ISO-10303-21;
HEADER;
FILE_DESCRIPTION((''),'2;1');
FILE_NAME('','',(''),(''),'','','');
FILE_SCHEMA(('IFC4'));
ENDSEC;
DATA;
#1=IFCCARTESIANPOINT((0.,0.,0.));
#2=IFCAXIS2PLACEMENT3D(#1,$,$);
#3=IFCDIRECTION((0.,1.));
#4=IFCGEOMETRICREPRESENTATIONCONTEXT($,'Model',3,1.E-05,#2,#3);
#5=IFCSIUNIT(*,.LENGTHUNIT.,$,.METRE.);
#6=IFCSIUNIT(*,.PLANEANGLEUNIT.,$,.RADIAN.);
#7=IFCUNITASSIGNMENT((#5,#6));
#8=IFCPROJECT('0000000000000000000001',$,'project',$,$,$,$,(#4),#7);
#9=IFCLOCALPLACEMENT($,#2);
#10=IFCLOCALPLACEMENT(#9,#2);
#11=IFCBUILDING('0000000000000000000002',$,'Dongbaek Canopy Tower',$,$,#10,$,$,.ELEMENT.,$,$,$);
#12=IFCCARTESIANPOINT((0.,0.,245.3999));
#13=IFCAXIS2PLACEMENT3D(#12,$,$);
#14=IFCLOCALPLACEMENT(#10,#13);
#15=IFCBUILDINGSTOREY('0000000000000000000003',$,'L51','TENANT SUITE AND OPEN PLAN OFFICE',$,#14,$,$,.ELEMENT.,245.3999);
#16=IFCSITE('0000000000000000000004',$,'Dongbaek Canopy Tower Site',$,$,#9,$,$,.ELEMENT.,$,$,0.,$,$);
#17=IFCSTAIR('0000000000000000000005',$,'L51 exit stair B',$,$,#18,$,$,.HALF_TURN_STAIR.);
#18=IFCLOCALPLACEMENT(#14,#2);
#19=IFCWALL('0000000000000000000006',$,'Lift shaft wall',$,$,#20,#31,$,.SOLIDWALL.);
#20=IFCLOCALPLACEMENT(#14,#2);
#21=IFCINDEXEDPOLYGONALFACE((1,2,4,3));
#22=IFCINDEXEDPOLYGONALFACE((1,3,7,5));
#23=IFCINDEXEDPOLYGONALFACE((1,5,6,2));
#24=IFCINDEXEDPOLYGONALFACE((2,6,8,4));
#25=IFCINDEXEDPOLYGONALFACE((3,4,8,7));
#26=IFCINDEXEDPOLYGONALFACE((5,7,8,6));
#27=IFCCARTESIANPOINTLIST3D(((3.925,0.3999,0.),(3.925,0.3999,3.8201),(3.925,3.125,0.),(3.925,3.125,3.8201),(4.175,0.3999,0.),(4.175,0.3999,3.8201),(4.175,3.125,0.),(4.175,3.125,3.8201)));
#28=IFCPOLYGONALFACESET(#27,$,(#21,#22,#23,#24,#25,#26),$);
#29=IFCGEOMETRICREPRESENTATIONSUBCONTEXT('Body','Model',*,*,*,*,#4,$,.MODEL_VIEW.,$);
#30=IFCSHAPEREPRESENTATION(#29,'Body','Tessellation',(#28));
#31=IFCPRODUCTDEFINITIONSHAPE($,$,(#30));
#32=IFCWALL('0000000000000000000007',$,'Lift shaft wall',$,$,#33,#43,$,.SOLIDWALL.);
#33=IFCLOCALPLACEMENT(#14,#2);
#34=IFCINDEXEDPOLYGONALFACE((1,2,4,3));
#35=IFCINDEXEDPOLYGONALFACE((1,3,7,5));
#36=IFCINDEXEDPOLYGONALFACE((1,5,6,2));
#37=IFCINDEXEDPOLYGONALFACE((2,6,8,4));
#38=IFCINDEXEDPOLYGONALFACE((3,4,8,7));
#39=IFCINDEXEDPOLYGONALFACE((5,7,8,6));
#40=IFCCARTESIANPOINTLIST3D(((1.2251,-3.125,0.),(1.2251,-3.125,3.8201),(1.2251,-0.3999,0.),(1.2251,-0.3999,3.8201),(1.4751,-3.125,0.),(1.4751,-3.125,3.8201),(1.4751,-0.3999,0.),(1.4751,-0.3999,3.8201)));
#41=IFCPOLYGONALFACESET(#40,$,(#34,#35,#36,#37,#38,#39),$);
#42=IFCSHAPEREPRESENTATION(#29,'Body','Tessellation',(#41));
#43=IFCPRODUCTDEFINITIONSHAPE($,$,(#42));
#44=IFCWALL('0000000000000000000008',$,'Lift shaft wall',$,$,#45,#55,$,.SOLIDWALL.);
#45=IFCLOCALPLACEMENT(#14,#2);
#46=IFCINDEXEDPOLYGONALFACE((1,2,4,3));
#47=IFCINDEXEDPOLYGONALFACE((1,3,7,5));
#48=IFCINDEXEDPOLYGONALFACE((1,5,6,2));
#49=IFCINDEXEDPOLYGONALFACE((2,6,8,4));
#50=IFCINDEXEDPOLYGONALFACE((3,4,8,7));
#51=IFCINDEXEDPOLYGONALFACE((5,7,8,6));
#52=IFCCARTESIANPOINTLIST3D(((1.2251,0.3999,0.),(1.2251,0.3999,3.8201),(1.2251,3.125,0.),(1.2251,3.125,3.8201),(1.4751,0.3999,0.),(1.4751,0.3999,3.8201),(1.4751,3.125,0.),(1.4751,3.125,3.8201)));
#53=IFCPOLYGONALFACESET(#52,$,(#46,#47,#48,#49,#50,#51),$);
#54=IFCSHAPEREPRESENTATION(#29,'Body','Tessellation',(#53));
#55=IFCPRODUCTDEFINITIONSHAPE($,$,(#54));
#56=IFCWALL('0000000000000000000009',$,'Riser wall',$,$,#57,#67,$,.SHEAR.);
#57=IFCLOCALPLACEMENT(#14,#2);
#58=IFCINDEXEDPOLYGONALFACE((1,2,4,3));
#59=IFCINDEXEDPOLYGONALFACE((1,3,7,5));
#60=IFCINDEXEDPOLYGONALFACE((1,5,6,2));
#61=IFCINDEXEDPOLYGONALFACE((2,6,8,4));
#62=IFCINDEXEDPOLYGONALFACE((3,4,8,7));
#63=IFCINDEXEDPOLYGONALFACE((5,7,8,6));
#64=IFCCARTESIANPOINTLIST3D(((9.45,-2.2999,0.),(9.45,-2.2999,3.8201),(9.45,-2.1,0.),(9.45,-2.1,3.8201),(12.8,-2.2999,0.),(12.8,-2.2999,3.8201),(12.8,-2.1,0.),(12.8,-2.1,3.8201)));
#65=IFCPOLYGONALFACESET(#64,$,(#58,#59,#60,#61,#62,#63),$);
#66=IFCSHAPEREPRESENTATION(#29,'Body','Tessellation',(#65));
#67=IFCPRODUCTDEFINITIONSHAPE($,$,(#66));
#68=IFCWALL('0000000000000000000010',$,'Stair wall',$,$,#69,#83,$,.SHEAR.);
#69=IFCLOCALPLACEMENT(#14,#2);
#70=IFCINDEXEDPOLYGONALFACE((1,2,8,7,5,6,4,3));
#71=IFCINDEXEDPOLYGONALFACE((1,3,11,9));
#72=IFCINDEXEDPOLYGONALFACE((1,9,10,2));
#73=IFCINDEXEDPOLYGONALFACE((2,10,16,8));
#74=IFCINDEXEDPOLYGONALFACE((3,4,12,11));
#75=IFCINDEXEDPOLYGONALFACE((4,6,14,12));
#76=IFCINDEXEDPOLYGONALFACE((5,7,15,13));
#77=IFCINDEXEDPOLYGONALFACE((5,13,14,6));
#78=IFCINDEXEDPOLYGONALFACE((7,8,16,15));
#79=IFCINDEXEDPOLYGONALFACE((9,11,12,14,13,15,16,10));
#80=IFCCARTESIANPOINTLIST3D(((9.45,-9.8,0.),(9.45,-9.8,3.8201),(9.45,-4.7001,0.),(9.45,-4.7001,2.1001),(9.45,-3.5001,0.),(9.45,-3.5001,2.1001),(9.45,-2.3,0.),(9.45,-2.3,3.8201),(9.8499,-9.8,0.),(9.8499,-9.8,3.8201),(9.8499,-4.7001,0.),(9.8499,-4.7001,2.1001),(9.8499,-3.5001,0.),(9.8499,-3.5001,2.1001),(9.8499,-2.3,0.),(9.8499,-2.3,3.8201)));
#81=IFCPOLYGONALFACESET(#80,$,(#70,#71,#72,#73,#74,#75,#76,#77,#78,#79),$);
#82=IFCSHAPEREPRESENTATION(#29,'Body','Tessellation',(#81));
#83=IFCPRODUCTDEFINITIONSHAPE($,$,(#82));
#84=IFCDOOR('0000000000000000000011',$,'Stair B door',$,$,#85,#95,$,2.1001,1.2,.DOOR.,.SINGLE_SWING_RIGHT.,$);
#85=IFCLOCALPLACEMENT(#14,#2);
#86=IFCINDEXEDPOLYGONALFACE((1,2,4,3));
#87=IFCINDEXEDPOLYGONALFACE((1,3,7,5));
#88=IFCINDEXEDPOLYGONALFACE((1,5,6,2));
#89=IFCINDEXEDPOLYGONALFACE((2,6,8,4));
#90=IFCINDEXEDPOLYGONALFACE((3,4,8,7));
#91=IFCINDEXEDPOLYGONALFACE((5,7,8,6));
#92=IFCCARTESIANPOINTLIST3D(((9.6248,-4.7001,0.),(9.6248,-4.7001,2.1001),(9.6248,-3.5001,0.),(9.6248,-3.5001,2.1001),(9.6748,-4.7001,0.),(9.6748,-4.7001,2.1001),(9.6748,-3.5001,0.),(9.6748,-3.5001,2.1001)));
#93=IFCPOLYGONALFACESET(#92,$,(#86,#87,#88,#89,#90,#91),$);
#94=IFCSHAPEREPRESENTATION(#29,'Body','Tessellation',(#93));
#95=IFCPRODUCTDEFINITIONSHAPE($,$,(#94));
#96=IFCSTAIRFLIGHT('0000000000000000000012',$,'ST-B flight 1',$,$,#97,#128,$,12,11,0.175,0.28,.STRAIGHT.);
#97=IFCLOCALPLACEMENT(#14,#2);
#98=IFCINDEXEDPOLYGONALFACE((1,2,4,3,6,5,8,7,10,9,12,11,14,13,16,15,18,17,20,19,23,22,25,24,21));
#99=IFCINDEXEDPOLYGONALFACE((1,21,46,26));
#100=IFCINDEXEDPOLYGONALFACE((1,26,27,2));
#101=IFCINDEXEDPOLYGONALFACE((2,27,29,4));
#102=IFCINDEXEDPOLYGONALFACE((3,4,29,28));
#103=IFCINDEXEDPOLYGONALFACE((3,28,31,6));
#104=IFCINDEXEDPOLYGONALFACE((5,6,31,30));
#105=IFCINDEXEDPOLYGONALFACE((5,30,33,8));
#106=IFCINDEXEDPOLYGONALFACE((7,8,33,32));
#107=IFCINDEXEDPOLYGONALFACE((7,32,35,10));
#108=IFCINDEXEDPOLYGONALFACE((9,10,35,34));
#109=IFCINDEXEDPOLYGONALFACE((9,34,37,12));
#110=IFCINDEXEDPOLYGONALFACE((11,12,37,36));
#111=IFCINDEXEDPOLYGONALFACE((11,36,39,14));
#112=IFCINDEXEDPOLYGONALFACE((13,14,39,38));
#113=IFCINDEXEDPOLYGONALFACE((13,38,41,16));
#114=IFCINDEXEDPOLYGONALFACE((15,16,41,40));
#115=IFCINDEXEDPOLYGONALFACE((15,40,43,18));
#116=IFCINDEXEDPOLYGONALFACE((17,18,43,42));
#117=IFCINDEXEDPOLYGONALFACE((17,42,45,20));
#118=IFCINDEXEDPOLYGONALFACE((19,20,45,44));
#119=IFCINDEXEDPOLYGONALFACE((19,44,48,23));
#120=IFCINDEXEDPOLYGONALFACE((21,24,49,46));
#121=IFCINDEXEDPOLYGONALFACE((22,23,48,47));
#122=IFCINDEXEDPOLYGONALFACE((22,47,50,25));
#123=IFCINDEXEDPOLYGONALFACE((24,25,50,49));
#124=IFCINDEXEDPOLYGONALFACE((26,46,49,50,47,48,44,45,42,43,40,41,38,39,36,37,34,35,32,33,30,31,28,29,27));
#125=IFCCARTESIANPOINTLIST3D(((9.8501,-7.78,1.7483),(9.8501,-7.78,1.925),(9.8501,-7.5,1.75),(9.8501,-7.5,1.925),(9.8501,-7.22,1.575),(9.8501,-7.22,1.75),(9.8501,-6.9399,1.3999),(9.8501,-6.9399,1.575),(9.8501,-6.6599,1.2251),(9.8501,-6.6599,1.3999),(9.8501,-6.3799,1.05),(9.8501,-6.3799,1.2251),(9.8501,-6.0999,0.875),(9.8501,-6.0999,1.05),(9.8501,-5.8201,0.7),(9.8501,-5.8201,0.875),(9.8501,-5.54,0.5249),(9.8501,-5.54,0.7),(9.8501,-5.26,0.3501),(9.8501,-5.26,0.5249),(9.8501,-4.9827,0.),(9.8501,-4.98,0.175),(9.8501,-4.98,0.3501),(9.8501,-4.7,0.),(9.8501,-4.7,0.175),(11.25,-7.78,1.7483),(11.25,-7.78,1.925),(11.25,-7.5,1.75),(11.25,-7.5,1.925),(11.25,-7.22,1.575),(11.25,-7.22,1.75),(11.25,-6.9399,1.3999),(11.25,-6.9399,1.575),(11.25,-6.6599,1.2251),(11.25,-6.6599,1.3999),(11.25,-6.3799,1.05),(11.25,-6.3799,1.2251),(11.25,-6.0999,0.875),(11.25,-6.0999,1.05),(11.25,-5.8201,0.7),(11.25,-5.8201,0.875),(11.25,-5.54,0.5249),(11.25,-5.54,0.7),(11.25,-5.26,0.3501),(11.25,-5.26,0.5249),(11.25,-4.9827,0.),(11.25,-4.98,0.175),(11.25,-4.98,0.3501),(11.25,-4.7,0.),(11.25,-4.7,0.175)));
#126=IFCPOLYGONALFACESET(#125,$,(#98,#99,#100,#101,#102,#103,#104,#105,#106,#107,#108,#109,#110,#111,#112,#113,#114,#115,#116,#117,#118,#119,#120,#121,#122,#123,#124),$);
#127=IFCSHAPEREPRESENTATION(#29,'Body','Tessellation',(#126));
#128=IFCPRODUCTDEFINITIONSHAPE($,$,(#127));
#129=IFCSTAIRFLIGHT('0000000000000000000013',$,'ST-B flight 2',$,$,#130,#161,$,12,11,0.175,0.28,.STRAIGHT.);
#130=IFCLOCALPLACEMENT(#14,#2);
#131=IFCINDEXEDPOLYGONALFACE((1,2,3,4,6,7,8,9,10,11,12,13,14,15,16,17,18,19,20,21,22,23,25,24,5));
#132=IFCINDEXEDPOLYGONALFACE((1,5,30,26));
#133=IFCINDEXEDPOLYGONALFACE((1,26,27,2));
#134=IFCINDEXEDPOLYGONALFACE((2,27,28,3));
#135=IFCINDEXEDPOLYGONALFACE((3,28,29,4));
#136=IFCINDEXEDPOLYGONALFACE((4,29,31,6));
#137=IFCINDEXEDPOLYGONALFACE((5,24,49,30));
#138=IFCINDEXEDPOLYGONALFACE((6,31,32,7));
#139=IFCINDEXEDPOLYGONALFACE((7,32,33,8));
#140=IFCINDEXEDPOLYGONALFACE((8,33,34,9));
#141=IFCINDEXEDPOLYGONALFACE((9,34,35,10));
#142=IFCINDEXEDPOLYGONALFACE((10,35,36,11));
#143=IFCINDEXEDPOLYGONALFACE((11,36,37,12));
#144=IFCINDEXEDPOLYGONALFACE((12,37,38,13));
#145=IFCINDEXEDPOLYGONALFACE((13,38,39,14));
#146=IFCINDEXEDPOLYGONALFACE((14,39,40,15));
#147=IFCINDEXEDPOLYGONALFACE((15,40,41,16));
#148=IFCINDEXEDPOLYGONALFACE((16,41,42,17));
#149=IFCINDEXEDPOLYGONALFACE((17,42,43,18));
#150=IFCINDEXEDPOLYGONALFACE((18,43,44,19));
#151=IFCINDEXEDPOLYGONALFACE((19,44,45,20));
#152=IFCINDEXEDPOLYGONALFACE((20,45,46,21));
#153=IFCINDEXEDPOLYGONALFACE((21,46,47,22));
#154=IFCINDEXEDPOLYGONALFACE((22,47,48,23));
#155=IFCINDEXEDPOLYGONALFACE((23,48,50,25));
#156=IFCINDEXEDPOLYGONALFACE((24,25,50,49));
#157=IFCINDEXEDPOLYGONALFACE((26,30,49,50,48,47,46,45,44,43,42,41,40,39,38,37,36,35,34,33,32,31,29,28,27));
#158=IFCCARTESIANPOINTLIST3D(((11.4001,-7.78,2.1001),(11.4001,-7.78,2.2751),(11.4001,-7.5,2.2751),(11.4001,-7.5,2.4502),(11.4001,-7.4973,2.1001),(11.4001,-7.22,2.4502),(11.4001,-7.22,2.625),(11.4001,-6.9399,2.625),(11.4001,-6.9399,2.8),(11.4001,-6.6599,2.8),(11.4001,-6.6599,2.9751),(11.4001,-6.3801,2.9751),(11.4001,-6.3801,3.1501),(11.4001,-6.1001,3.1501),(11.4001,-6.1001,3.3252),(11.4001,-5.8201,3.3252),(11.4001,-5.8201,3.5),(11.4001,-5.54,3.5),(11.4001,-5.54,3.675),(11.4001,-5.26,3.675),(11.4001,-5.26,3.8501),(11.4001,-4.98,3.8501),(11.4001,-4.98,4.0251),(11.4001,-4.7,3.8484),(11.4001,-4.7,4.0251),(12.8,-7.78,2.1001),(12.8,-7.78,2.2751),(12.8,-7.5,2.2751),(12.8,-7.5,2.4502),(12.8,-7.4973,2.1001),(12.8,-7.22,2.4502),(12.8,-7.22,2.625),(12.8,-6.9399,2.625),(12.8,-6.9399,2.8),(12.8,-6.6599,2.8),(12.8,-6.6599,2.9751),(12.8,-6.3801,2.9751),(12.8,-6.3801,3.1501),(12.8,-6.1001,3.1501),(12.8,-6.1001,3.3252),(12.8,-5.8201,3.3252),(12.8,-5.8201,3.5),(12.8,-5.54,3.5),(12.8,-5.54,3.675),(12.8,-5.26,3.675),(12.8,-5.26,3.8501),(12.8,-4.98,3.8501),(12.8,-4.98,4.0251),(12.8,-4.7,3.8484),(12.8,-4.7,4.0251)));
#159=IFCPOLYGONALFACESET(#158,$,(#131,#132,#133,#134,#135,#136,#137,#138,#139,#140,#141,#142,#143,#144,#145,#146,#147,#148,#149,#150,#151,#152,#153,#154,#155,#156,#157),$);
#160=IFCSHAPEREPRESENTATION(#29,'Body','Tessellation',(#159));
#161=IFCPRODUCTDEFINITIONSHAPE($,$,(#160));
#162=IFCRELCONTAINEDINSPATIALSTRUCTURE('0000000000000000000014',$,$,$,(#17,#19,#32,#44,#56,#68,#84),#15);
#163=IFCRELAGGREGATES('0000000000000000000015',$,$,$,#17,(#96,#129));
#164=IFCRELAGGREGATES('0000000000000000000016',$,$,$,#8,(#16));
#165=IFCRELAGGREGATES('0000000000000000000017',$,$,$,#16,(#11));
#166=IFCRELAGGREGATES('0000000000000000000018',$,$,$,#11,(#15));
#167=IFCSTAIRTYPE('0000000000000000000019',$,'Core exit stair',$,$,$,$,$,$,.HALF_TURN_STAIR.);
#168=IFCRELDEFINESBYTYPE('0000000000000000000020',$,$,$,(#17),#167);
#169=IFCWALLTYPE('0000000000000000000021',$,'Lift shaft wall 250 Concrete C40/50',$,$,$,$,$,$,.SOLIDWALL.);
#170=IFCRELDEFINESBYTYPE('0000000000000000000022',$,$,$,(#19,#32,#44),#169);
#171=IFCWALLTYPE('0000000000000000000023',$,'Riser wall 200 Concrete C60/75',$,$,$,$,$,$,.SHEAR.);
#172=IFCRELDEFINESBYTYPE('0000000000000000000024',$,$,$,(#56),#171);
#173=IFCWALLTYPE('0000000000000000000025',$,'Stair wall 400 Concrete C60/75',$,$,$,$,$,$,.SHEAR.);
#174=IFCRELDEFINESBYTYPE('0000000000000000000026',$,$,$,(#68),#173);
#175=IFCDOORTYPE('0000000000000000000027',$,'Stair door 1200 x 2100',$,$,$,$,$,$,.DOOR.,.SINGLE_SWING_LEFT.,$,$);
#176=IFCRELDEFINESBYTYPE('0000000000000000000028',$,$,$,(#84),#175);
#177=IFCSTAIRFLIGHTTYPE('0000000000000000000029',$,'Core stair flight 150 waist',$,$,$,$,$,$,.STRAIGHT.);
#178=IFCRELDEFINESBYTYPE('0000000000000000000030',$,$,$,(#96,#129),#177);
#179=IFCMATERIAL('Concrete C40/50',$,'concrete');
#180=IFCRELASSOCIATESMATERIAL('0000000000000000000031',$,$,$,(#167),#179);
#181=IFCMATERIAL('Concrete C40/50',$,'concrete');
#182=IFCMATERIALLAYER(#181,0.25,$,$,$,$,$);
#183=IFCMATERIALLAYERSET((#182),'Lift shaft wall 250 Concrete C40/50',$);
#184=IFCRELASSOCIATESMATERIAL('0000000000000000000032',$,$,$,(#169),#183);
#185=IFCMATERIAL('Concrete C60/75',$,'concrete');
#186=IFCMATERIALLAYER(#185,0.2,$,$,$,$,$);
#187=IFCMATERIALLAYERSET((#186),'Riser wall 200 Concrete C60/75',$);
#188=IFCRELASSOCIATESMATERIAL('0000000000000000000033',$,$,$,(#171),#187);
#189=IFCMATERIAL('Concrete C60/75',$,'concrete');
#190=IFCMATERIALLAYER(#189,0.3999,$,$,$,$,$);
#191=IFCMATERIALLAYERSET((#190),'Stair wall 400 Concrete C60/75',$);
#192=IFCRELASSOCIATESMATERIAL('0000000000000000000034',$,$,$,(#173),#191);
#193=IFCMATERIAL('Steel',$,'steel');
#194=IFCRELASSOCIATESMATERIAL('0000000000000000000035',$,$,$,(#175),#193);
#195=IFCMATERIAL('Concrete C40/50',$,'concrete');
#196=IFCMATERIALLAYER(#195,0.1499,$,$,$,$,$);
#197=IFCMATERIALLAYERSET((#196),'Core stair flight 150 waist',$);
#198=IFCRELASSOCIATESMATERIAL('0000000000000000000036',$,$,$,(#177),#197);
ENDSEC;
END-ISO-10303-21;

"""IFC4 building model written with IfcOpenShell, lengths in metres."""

from ifc_helpers import new_model, si_unit, direction, frame, frame_2d, origin, place, context, subcontext, project, spatial, polyline, rectangle, outline, extrude, material, layer, layer_set, type_object, element, fill, aggregate, save


model = new_model("IFC4")

# Units and contexts
model_context = context("Model", 3, precision=1e-05, world=origin(), true_north=direction((0.0, 1.0)))
body_context = subcontext(model_context, "Body", "Model", "MODEL_VIEW")
ifc_project = project(units=[si_unit("LENGTHUNIT", "METRE"), si_unit("PLANEANGLEUNIT", "RADIAN")], contexts=[model_context])

# Site, building, storey
site_placement = place(None, origin())
site = spatial("IfcSite", under=ifc_project, at=site_placement, Name="Dongbaek Canopy Tower Site", CompositionType="ELEMENT", RefElevation=0.0)
building_placement = place(site_placement, origin())
building = spatial("IfcBuilding", under=site, at=building_placement, Name="Dongbaek Canopy Tower", CompositionType="ELEMENT")
storey_placement = place(building_placement, frame((0.0, 0.0, 245.3999)))
storey = spatial("IfcBuildingStorey", under=building, at=storey_placement, Name="L51", Description="TENANT SUITE AND OPEN PLAN OFFICE", CompositionType="ELEMENT", Elevation=245.3999)

# Stair
ifc_material_1 = material(Name="Concrete C40/50", Category="concrete")
stair_type = type_object("IfcStairType", Name="Core exit stair", PredefinedType="HALF_TURN_STAIR", material=ifc_material_1)
stair_1_placement = place(storey_placement, origin())
stair_1 = element("IfcStair", 1, at=stair_1_placement, inside=storey, type_object=stair_type, Name="L51 exit stair B", PredefinedType="HALF_TURN_STAIR")

# Walls
ifc_material_2 = material(Name="Concrete C40/50", Category="concrete")
ifc_layer_1 = layer(ifc_material_2, 0.25)
ifc_layer_set_1 = layer_set([ifc_layer_1], Name="Lift shaft wall 250 Concrete C40/50")
wall_type_1 = type_object("IfcWallType", Name="Lift shaft wall 250 Concrete C40/50", PredefinedType="SOLIDWALL", material=ifc_layer_set_1)
for number, where, z_axis, x_axis, name in (
    (2, (4.05, 0.3999, 0.0), (0.0, 0.0, 1.0), (0.0, 1.0, 0.0), "Lift shaft wall"),
    (3, (1.3501, -3.125, 0.0), (0.0, 0.0, 1.0), (0.0, 1.0, 0.0), "Lift shaft wall"),
    (4, (1.3501, 0.3999, 0.0), (0.0, 0.0, 1.0), (0.0, 1.0, 0.0), "Lift shaft wall"),
):
    element("IfcWall", number, at=place(storey_placement, frame(where, z_axis=z_axis, x_axis=x_axis)), inside=storey, type_object=wall_type_1, Name=name, PredefinedType="SOLIDWALL", context=body_context, shape_type="SweptSolid", body=[
        extrude(rectangle(XDim=2.7251, YDim=0.25, at=frame_2d((1.3625, 0.0))), origin(), (0.0, 0.0, 1.0), 3.8201),
    ])
ifc_material_3 = material(Name="Concrete C60/75", Category="concrete")
ifc_layer_2 = layer(ifc_material_3, 0.2)
ifc_layer_set_2 = layer_set([ifc_layer_2], Name="Riser wall 200 Concrete C60/75")
wall_type_2 = type_object("IfcWallType", Name="Riser wall 200 Concrete C60/75", PredefinedType="SHEAR", material=ifc_layer_set_2)
wall_1_placement = place(storey_placement, frame((9.45, -2.2, 0.0), z_axis=(0.0, 0.0, 1.0), x_axis=(1.0, 0.0, 0.0)))
element("IfcWall", 5, at=wall_1_placement, inside=storey, type_object=wall_type_2, Name="Riser wall", PredefinedType="SHEAR", context=body_context, shape_type="SweptSolid", body=[
    extrude(rectangle(XDim=3.3501, YDim=0.2, at=frame_2d((1.675, 0.0))), origin(), (0.0, 0.0, 1.0), 3.8201),
])

# Wall, opening, door
ifc_material_4 = material(Name="Concrete C60/75", Category="concrete")
ifc_layer_3 = layer(ifc_material_4, 0.3999)
ifc_layer_set_3 = layer_set([ifc_layer_3], Name="Stair wall 400 Concrete C60/75")
wall_type_3 = type_object("IfcWallType", Name="Stair wall 400 Concrete C60/75", PredefinedType="SHEAR", material=ifc_layer_set_3)
wall_2_placement = place(storey_placement, frame((9.6499, -2.3, 0.0), z_axis=(0.0, 0.0, 1.0), x_axis=(0.0, -1.0, 0.0)))
wall_2 = element("IfcWall", 6, at=wall_2_placement, inside=storey, type_object=wall_type_3, Name="Stair wall", PredefinedType="SHEAR", context=body_context, shape_type="SweptSolid", body=[
    extrude(rectangle(XDim=7.5, YDim=0.3999, at=frame_2d((3.75, 0.0))), origin(), (0.0, 0.0, 1.0), 3.8201),
])
opening_1_placement = place(wall_2_placement, frame((1.2, 0.0, 0.0)))
opening_1 = element("IfcOpeningElement", 7, at=opening_1_placement, cuts=wall_2, PredefinedType="OPENING", context=body_context, shape_type="SweptSolid", body=[
    extrude(rectangle(XDim=1.2, YDim=2.1001, at=frame_2d((0.6001, 1.05))), frame((0.0, 0.21, 0.0), z_axis=(0.0, -1.0, 0.0), x_axis=(1.0, 0.0, 0.0)), (0.0, 0.0, 1.0), 0.4199),
])
ifc_material_5 = material(Name="Steel", Category="steel")
door_type_1 = type_object("IfcDoorType", Name="Stair door 1200 x 2100", OperationType="SINGLE_SWING_LEFT", PredefinedType="DOOR", material=ifc_material_5)
door_1_placement = place(opening_1_placement, origin())
door_1 = element("IfcDoor", 8, at=door_1_placement, inside=storey, type_object=door_type_1, Name="Stair B door", OperationType="SINGLE_SWING_RIGHT", OverallHeight=2.1001, OverallWidth=1.2, PredefinedType="DOOR", context=body_context, shape_type="SweptSolid", body=[
    extrude(rectangle(XDim=1.2, YDim=2.1001, at=frame_2d((0.6001, 1.05))), frame((0.0, 0.0249, 0.0), z_axis=(0.0, -1.0, 0.0), x_axis=(1.0, 0.0, 0.0)), (0.0, 0.0, 1.0), 0.05),
])
fill(opening_1, door_1)

# Stair flights
ifc_material_6 = material(Name="Concrete C40/50", Category="concrete")
ifc_layer_4 = layer(ifc_material_6, 0.1499)
ifc_layer_set_4 = layer_set([ifc_layer_4], Name="Core stair flight 150 waist")
stair_flight_type = type_object("IfcStairFlightType", Name="Core stair flight 150 waist", PredefinedType="STRAIGHT", material=ifc_layer_set_4)
stair_flight_1_placement = place(storey_placement, frame((10.55, -4.7, 0.0), z_axis=(0.0, 0.0, 1.0), x_axis=(0.0, -1.0, 0.0)))
stair_flight_1 = element("IfcStairFlight", 9, at=stair_flight_1_placement, type_object=stair_flight_type, Name="ST-B flight 1", NumberOfRisers=12, NumberOfTreads=11, PredefinedType="STRAIGHT", RiserHeight=0.175, TreadLength=0.28, context=body_context, shape_type="SweptSolid", body=[
    extrude(outline(polyline([(0.0, 0.0), (0.0, 0.175), (0.28, 0.175), (0.28, 0.3501), (0.5601, 0.3501), (0.5601, 0.5249), (0.8401, 0.5249), (0.8401, 0.7), (1.1201, 0.7), (1.1201, 0.875), (1.3999, 0.875), (1.3999, 1.05), (1.6799, 1.05), (1.6799, 1.2251), (1.96, 1.2251), (1.96, 1.3999), (2.24, 1.3999), (2.24, 1.575), (2.52, 1.575), (2.52, 1.75), (2.8, 1.75), (2.8, 1.925), (3.0801, 1.925), (3.0801, 2.1001), (3.0801, 1.7483), (0.2827, 0.0), (0.0, 0.0)])), frame((0.0, 0.7, 0.0), z_axis=(0.0, -1.0, 0.0), x_axis=(1.0, 0.0, 0.0)), (0.0, 0.0, 1.0), 1.3999),
])
stair_flight_2_placement = place(storey_placement, frame((12.1001, -7.78, 2.1001), z_axis=(0.0, 0.0, 1.0), x_axis=(0.0, 1.0, 0.0)))
stair_flight_2 = element("IfcStairFlight", 10, at=stair_flight_2_placement, type_object=stair_flight_type, Name="ST-B flight 2", NumberOfRisers=12, NumberOfTreads=11, PredefinedType="STRAIGHT", RiserHeight=0.175, TreadLength=0.28, context=body_context, shape_type="SweptSolid", body=[
    extrude(outline(polyline([(0.0, 0.0), (0.0, 0.175), (0.28, 0.175), (0.28, 0.3501), (0.5601, 0.3501), (0.5601, 0.5249), (0.8401, 0.5249), (0.8401, 0.7), (1.1201, 0.7), (1.1201, 0.875), (1.3999, 0.875), (1.3999, 1.05), (1.6799, 1.05), (1.6799, 1.2251), (1.96, 1.2251), (1.96, 1.3999), (2.24, 1.3999), (2.24, 1.575), (2.52, 1.575), (2.52, 1.75), (2.8, 1.75), (2.8, 1.925), (3.0801, 1.925), (3.0801, 2.1001), (3.0801, 1.7483), (0.2827, 0.0), (0.0, 0.0)])), frame((0.0, 0.7, 0.0), z_axis=(0.0, -1.0, 0.0), x_axis=(1.0, 0.0, 0.0)), (0.0, 0.0, 1.0), 1.3999),
])
aggregate(stair_1, [stair_flight_1, stair_flight_2])

save(model, "model.ifc")
